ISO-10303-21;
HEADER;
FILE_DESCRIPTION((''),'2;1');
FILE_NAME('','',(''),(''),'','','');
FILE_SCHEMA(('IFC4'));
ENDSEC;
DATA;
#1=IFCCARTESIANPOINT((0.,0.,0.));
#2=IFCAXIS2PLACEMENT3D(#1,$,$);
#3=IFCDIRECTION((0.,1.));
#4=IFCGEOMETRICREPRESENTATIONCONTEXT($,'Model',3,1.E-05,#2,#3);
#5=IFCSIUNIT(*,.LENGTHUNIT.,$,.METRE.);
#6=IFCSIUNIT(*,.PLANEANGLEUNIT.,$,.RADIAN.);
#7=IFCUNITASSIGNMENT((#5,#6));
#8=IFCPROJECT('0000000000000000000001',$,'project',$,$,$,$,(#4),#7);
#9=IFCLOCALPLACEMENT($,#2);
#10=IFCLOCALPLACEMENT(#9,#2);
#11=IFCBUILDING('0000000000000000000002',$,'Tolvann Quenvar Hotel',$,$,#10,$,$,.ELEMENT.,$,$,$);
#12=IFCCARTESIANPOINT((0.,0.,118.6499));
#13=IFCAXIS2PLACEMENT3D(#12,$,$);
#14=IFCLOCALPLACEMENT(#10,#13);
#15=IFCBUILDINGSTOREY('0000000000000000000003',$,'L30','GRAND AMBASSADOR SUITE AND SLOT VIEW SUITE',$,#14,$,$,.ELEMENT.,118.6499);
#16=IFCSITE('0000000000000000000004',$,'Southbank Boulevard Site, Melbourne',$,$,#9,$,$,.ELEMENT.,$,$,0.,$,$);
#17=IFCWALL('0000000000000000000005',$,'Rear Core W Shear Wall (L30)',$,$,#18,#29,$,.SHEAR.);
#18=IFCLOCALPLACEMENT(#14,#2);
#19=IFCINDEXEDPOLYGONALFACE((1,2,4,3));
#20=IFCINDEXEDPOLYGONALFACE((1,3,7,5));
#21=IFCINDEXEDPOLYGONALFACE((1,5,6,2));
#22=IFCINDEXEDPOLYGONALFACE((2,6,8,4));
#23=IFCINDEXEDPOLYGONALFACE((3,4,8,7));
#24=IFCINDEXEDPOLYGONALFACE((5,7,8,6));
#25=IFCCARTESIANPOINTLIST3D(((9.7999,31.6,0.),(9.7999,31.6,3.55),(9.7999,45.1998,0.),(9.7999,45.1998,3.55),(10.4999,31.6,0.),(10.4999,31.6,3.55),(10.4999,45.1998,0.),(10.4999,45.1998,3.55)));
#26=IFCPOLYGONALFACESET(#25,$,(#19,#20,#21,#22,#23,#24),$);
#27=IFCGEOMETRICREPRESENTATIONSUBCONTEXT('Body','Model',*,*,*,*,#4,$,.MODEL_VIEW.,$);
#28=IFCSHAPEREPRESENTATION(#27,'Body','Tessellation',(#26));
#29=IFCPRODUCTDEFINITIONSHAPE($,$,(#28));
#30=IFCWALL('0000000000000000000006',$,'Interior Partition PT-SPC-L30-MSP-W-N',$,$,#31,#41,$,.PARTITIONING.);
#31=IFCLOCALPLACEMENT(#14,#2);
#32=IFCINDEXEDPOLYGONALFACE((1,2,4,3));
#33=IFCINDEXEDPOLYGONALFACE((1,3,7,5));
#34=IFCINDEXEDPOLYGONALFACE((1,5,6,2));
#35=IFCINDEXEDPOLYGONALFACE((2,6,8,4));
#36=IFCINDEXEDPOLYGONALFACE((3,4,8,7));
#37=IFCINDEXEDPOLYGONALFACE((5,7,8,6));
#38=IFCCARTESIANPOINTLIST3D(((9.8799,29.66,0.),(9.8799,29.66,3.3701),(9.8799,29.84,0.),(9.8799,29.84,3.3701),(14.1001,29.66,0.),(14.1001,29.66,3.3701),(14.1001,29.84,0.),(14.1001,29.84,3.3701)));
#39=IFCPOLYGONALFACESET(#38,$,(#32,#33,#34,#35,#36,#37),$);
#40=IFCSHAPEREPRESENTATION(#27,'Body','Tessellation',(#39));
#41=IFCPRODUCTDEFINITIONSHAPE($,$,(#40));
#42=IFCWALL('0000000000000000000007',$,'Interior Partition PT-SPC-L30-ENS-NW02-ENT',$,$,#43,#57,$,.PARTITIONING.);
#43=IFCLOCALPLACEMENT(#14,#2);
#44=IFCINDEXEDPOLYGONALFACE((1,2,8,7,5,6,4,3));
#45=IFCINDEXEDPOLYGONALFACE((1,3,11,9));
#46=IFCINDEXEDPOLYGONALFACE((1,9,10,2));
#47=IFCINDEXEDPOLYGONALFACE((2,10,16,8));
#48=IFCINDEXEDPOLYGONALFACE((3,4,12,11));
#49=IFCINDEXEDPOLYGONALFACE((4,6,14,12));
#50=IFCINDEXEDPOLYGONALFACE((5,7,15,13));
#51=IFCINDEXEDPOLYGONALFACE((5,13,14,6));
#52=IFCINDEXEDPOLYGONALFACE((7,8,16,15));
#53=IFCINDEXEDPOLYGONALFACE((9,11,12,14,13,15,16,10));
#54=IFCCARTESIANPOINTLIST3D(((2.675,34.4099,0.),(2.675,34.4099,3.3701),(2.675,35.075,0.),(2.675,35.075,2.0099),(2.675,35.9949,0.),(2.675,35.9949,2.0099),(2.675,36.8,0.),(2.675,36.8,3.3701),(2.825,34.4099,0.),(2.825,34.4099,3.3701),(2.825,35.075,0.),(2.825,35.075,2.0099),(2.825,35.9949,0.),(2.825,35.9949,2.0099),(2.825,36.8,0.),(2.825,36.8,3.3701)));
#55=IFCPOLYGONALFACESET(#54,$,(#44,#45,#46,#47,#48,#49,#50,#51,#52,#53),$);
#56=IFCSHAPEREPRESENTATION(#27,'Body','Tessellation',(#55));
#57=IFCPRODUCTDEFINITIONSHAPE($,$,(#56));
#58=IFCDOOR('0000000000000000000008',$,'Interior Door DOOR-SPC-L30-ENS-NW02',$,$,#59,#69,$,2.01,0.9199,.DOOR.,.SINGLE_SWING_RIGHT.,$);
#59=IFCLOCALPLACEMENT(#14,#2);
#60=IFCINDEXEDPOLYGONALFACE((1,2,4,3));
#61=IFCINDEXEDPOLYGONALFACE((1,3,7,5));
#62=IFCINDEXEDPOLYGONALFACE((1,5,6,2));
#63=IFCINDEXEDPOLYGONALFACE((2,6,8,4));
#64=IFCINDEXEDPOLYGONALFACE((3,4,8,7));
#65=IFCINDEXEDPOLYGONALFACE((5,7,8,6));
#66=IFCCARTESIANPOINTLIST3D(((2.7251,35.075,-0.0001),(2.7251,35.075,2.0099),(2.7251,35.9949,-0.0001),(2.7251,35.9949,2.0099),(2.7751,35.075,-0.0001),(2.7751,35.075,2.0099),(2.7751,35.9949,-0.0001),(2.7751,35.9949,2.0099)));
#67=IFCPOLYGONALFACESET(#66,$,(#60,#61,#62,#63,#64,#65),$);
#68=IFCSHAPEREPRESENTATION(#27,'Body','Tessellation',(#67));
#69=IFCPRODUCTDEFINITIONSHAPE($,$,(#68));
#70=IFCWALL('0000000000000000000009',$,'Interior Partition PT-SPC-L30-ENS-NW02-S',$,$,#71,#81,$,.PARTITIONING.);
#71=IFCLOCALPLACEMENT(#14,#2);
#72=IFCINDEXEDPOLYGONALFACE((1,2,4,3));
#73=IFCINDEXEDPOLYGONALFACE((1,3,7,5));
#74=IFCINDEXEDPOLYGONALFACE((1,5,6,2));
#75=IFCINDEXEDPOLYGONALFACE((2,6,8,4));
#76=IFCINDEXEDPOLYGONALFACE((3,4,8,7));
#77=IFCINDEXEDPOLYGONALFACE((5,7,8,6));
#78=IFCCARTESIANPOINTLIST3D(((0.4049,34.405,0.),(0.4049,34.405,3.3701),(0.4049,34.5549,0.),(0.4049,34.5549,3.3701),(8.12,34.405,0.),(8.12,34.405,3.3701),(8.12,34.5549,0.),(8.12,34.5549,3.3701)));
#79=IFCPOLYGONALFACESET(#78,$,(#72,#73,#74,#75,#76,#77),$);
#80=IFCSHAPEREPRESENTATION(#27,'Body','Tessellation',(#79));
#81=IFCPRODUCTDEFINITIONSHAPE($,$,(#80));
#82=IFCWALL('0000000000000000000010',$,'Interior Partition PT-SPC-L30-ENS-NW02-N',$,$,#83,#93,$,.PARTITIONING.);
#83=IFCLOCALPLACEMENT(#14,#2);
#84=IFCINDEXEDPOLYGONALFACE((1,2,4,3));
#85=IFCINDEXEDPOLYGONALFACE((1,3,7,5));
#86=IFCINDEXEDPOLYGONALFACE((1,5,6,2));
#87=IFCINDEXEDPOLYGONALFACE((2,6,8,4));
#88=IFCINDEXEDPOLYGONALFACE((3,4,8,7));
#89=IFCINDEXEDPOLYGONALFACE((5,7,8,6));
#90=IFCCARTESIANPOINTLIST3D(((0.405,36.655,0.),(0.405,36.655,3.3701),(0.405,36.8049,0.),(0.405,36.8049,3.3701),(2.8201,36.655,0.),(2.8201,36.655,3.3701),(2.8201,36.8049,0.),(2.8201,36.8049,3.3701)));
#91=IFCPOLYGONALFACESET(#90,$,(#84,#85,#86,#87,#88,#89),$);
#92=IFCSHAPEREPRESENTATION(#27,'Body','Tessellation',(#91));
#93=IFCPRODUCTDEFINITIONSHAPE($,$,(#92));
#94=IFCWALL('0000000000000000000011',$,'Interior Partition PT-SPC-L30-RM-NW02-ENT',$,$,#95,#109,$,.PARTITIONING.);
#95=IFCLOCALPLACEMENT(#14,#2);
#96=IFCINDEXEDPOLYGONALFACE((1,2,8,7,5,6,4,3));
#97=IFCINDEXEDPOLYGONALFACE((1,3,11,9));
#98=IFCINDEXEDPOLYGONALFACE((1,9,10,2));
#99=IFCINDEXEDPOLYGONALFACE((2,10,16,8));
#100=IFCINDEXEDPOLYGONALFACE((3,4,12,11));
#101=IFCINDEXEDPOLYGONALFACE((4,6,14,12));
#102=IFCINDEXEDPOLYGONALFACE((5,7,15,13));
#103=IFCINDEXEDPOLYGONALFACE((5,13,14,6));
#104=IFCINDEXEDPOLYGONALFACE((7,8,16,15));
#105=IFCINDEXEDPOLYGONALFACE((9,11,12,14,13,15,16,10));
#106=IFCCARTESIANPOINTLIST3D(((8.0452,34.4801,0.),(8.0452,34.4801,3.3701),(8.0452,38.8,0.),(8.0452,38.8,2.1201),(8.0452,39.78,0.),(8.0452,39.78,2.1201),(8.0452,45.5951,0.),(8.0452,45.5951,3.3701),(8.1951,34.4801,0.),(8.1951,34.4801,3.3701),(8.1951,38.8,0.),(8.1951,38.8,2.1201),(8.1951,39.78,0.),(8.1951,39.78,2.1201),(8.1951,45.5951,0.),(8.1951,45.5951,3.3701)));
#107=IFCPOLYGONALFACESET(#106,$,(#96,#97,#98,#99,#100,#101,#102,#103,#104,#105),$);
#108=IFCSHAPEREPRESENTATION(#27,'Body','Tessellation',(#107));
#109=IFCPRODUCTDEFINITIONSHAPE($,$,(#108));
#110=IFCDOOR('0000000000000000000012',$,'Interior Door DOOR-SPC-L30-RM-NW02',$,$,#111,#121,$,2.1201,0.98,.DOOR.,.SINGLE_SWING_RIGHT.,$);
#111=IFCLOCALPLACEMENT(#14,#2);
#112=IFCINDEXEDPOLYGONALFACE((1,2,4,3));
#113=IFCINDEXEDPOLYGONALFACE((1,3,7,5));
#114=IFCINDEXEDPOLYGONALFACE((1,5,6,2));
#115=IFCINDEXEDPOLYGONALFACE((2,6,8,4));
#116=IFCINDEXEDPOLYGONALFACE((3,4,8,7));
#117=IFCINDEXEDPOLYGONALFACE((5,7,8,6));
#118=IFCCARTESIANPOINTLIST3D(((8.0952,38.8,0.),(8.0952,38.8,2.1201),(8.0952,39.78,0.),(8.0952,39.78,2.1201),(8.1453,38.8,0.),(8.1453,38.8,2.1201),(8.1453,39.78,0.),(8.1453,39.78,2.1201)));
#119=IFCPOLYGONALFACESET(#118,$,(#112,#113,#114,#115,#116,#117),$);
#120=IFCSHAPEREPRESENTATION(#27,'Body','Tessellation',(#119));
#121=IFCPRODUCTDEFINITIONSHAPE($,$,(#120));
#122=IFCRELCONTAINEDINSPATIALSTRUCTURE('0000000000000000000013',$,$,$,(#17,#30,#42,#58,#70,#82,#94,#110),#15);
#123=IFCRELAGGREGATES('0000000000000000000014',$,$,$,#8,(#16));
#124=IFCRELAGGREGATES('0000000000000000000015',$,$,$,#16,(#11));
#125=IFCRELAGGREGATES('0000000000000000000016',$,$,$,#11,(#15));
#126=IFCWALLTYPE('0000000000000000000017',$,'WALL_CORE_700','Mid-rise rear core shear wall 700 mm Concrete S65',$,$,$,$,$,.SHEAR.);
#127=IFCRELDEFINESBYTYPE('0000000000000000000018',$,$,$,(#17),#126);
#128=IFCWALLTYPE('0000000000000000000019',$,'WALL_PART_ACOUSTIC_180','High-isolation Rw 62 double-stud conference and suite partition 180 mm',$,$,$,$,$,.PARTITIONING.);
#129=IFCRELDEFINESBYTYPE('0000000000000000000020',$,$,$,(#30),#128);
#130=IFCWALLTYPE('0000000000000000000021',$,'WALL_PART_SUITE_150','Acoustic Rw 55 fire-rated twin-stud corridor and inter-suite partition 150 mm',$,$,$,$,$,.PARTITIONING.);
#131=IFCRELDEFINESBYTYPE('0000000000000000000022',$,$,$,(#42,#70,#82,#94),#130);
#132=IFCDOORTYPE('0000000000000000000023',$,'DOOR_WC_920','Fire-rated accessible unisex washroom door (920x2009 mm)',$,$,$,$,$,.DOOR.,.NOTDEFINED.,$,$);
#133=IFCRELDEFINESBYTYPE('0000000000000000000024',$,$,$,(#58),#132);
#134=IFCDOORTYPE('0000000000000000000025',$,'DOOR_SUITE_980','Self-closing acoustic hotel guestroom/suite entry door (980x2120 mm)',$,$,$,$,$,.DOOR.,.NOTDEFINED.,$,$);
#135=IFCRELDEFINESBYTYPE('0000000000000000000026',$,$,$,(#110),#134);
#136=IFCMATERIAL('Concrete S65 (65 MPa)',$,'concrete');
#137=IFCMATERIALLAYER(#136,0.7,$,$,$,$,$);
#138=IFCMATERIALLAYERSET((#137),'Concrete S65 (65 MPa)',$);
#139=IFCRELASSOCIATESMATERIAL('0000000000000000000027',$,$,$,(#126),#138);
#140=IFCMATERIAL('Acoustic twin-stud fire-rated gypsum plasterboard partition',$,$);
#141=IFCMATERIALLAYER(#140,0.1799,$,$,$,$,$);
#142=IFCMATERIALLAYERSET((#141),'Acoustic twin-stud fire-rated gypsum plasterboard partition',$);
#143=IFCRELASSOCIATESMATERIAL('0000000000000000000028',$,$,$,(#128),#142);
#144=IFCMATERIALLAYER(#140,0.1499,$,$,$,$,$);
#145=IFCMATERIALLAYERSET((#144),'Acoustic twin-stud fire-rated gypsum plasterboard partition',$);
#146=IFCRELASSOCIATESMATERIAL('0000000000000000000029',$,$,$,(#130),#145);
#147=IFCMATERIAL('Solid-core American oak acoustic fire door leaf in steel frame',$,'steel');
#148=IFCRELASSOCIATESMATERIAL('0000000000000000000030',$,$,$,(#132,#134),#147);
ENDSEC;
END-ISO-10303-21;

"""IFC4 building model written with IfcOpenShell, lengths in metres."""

from ifc_helpers import new_model, si_unit, direction, frame, frame_2d, origin, place, context, subcontext, project, spatial, rectangle, extrude, source, transform, mapped, material, layer, layer_set, type_object, type_shapes, element, fill, save


model = new_model("IFC4")

# Units and contexts
model_context = context("Model", 3, precision=1e-05, world=origin(), true_north=direction((0.0, 1.0)))
body_context = subcontext(model_context, "Body", "Model", "MODEL_VIEW")
ifc_project = project(units=[si_unit("LENGTHUNIT", "METRE"), si_unit("PLANEANGLEUNIT", "RADIAN")], contexts=[model_context])

# Site, building, storey
site_placement = place(None, origin())
site = spatial("IfcSite", under=ifc_project, at=site_placement, Name="Southbank Boulevard Site, Melbourne", CompositionType="ELEMENT", RefElevation=0.0)
building_placement = place(site_placement, origin())
building = spatial("IfcBuilding", under=site, at=building_placement, Name="Tolvann Quenvar Hotel", CompositionType="ELEMENT")
storey_placement = place(building_placement, frame((0.0, 0.0, 118.6499)))
storey = spatial("IfcBuildingStorey", under=building, at=storey_placement, Name="L30", Description="GRAND AMBASSADOR SUITE AND SLOT VIEW SUITE", CompositionType="ELEMENT", Elevation=118.6499)

# Shared definitions
ifc_material_1 = material(Name="Concrete S65 (65 MPa)", Category="concrete")

# Shared definitions
ifc_layer_1 = layer(ifc_material_1, 0.7)
ifc_layer_set_1 = layer_set([ifc_layer_1], Name="Concrete S65 (65 MPa)")
wall_type_1 = type_object("IfcWallType", Name="WALL_CORE_700", Description="Mid-rise rear core shear wall 700 mm Concrete S65", PredefinedType="SHEAR", material=ifc_layer_set_1)
ifc_material_2 = material(Name="Solid-core American oak acoustic fire door leaf in steel frame", Category="steel")

# Walls
wall_1_placement = place(storey_placement, frame((10.1499, 31.6001, 0.0), z_axis=(0.0, 0.0, 1.0), x_axis=(0.0, 1.0, 0.0)))
element("IfcWall", 1, at=wall_1_placement, inside=storey, type_object=wall_type_1, Name="Rear Core W Shear Wall (L30)", PredefinedType="SHEAR", context=body_context, shape_type="SweptSolid", body=[
    extrude(rectangle(XDim=13.5999, YDim=0.7, at=frame_2d((6.7998, 0.0))), origin(), (0.0, 0.0, 1.0), 3.55),
])
ifc_material_3 = material(Name="Acoustic twin-stud fire-rated gypsum plasterboard partition")
ifc_layer_2 = layer(ifc_material_3, 0.1799)
ifc_layer_set_2 = layer_set([ifc_layer_2], Name="Acoustic twin-stud fire-rated gypsum plasterboard partition")
wall_type_2 = type_object("IfcWallType", Name="WALL_PART_ACOUSTIC_180", Description="High-isolation Rw 62 double-stud conference and suite partition 180 mm", PredefinedType="PARTITIONING", material=ifc_layer_set_2)
wall_2_placement = place(storey_placement, frame((9.8799, 29.75, 0.0), z_axis=(0.0, 0.0, 1.0), x_axis=(1.0, 0.0, 0.0)))
element("IfcWall", 2, at=wall_2_placement, inside=storey, type_object=wall_type_2, Name="Interior Partition PT-SPC-L30-MSP-W-N", PredefinedType="PARTITIONING", context=body_context, shape_type="SweptSolid", body=[
    extrude(rectangle(XDim=4.2202, YDim=0.1799, at=frame_2d((2.1101, 0.0))), origin(), (0.0, 0.0, 1.0), 3.3701),
])

# Wall, opening, door
ifc_layer_3 = layer(ifc_material_3, 0.1499)
ifc_layer_set_3 = layer_set([ifc_layer_3], Name="Acoustic twin-stud fire-rated gypsum plasterboard partition")
wall_type_3 = type_object("IfcWallType", Name="WALL_PART_SUITE_150", Description="Acoustic Rw 55 fire-rated twin-stud corridor and inter-suite partition 150 mm", PredefinedType="PARTITIONING", material=ifc_layer_set_3)
wall_3_placement = place(storey_placement, frame((2.75, 34.4099, 0.0), z_axis=(0.0, 0.0, 1.0), x_axis=(0.0, 1.0, 0.0)))
wall_3 = element("IfcWall", 3, at=wall_3_placement, inside=storey, type_object=wall_type_3, Name="Interior Partition PT-SPC-L30-ENS-NW02-ENT", PredefinedType="PARTITIONING", context=body_context, shape_type="SweptSolid", body=[
    extrude(rectangle(XDim=2.3901, YDim=0.1499, at=frame_2d((1.1951, 0.0))), origin(), (0.0, 0.0, 1.0), 3.3701),
])
opening_1_placement = place(wall_3_placement, frame((0.665, 0.0, 0.0)))
opening_1 = element("IfcOpeningElement", 4, at=opening_1_placement, cuts=wall_3, PredefinedType="OPENING", context=body_context, shape_type="SweptSolid", body=[
    extrude(rectangle(XDim=0.9199, YDim=2.01, at=frame_2d((0.46, 1.0049))), frame((0.0, 0.085, 0.0), z_axis=(0.0, -1.0, 0.0), x_axis=(1.0, 0.0, 0.0)), (0.0, 0.0, 1.0), 0.1699),
])
door_type_1 = type_object("IfcDoorType", Name="DOOR_WC_920", Description="Fire-rated accessible unisex washroom door (920x2009 mm)", OperationType="NOTDEFINED", PredefinedType="DOOR", material=ifc_material_2)
shared_shape_1 = source(origin(), body_context, "Body", "SweptSolid", [
    extrude(rectangle(XDim=0.9199, YDim=2.01, at=frame_2d((0.46, 1.0049))), frame((0.0, 0.0249, 0.0), z_axis=(0.0, -1.0, 0.0), x_axis=(1.0, 0.0, 0.0)), (0.0, 0.0, 1.0), 0.05),
])
type_shapes(door_type_1, [shared_shape_1])
door_1_placement = place(opening_1_placement, origin())
door_1 = element("IfcDoor", 5, at=door_1_placement, inside=storey, type_object=door_type_1, Name="Interior Door DOOR-SPC-L30-ENS-NW02", OperationType="SINGLE_SWING_RIGHT", OverallHeight=2.01, OverallWidth=0.9199, PredefinedType="DOOR", context=body_context, shape_type="MappedRepresentation", body=[
    mapped(shared_shape_1, transform((0.0, 0.0, 0.0), x_axis=(1.0, 0.0, 0.0), y_axis=(0.0, 1.0, 0.0), z_axis=(0.0, 0.0, 1.0), scale=1.0)),
])
fill(opening_1, door_1)

# Walls
wall_4_placement = place(storey_placement, frame((0.405, 34.48, 0.0), z_axis=(0.0, 0.0, 1.0), x_axis=(1.0, 0.0, 0.0)))
element("IfcWall", 6, at=wall_4_placement, inside=storey, type_object=wall_type_3, Name="Interior Partition PT-SPC-L30-ENS-NW02-S", PredefinedType="PARTITIONING", context=body_context, shape_type="SweptSolid", body=[
    extrude(rectangle(XDim=7.7151, YDim=0.1499, at=frame_2d((3.8574, 0.0))), origin(), (0.0, 0.0, 1.0), 3.3701),
])
wall_5_placement = place(storey_placement, frame((0.405, 36.73, 0.0), z_axis=(0.0, 0.0, 1.0), x_axis=(1.0, 0.0, 0.0)))
element("IfcWall", 7, at=wall_5_placement, inside=storey, type_object=wall_type_3, Name="Interior Partition PT-SPC-L30-ENS-NW02-N", PredefinedType="PARTITIONING", context=body_context, shape_type="SweptSolid", body=[
    extrude(rectangle(XDim=2.415, YDim=0.1499, at=frame_2d((1.2075, 0.0))), origin(), (0.0, 0.0, 1.0), 3.3701),
])

# Wall, opening, door
wall_6_placement = place(storey_placement, frame((8.1201, 34.48, 0.0), z_axis=(0.0, 0.0, 1.0), x_axis=(0.0, 1.0, 0.0)))
wall_6 = element("IfcWall", 8, at=wall_6_placement, inside=storey, type_object=wall_type_3, Name="Interior Partition PT-SPC-L30-RM-NW02-ENT", PredefinedType="PARTITIONING", context=body_context, shape_type="SweptSolid", body=[
    extrude(rectangle(XDim=11.115, YDim=0.1499, at=frame_2d((5.5576, 0.0))), origin(), (0.0, 0.0, 1.0), 3.3701),
])
opening_2_placement = place(wall_6_placement, frame((4.3201, 0.0, 0.0)))
opening_2 = element("IfcOpeningElement", 9, at=opening_2_placement, cuts=wall_6, PredefinedType="OPENING", context=body_context, shape_type="SweptSolid", body=[
    extrude(rectangle(XDim=0.98, YDim=2.1201, at=frame_2d((0.49, 1.0601))), frame((0.0, 0.085, 0.0), z_axis=(0.0, -1.0, 0.0), x_axis=(1.0, 0.0, 0.0)), (0.0, 0.0, 1.0), 0.1699),
])
door_type_2 = type_object("IfcDoorType", Name="DOOR_SUITE_980", Description="Self-closing acoustic hotel guestroom/suite entry door (980x2120 mm)", OperationType="NOTDEFINED", PredefinedType="DOOR", material=ifc_material_2)
shared_shape_2 = source(origin(), body_context, "Body", "SweptSolid", [
    extrude(rectangle(XDim=0.98, YDim=2.1201, at=frame_2d((0.49, 1.0601))), frame((0.0, 0.0249, 0.0), z_axis=(0.0, -1.0, 0.0), x_axis=(1.0, 0.0, 0.0)), (0.0, 0.0, 1.0), 0.05),
])
type_shapes(door_type_2, [shared_shape_2])
door_2_placement = place(opening_2_placement, origin())
door_2 = element("IfcDoor", 10, at=door_2_placement, inside=storey, type_object=door_type_2, Name="Interior Door DOOR-SPC-L30-RM-NW02", OperationType="SINGLE_SWING_RIGHT", OverallHeight=2.1201, OverallWidth=0.98, PredefinedType="DOOR", context=body_context, shape_type="MappedRepresentation", body=[
    mapped(shared_shape_2, transform((0.0, 0.0, 0.0), x_axis=(1.0, 0.0, 0.0), y_axis=(0.0, 1.0, 0.0), z_axis=(0.0, 0.0, 1.0), scale=1.0)),
])
fill(opening_2, door_2)

save(model, "model.ifc")
